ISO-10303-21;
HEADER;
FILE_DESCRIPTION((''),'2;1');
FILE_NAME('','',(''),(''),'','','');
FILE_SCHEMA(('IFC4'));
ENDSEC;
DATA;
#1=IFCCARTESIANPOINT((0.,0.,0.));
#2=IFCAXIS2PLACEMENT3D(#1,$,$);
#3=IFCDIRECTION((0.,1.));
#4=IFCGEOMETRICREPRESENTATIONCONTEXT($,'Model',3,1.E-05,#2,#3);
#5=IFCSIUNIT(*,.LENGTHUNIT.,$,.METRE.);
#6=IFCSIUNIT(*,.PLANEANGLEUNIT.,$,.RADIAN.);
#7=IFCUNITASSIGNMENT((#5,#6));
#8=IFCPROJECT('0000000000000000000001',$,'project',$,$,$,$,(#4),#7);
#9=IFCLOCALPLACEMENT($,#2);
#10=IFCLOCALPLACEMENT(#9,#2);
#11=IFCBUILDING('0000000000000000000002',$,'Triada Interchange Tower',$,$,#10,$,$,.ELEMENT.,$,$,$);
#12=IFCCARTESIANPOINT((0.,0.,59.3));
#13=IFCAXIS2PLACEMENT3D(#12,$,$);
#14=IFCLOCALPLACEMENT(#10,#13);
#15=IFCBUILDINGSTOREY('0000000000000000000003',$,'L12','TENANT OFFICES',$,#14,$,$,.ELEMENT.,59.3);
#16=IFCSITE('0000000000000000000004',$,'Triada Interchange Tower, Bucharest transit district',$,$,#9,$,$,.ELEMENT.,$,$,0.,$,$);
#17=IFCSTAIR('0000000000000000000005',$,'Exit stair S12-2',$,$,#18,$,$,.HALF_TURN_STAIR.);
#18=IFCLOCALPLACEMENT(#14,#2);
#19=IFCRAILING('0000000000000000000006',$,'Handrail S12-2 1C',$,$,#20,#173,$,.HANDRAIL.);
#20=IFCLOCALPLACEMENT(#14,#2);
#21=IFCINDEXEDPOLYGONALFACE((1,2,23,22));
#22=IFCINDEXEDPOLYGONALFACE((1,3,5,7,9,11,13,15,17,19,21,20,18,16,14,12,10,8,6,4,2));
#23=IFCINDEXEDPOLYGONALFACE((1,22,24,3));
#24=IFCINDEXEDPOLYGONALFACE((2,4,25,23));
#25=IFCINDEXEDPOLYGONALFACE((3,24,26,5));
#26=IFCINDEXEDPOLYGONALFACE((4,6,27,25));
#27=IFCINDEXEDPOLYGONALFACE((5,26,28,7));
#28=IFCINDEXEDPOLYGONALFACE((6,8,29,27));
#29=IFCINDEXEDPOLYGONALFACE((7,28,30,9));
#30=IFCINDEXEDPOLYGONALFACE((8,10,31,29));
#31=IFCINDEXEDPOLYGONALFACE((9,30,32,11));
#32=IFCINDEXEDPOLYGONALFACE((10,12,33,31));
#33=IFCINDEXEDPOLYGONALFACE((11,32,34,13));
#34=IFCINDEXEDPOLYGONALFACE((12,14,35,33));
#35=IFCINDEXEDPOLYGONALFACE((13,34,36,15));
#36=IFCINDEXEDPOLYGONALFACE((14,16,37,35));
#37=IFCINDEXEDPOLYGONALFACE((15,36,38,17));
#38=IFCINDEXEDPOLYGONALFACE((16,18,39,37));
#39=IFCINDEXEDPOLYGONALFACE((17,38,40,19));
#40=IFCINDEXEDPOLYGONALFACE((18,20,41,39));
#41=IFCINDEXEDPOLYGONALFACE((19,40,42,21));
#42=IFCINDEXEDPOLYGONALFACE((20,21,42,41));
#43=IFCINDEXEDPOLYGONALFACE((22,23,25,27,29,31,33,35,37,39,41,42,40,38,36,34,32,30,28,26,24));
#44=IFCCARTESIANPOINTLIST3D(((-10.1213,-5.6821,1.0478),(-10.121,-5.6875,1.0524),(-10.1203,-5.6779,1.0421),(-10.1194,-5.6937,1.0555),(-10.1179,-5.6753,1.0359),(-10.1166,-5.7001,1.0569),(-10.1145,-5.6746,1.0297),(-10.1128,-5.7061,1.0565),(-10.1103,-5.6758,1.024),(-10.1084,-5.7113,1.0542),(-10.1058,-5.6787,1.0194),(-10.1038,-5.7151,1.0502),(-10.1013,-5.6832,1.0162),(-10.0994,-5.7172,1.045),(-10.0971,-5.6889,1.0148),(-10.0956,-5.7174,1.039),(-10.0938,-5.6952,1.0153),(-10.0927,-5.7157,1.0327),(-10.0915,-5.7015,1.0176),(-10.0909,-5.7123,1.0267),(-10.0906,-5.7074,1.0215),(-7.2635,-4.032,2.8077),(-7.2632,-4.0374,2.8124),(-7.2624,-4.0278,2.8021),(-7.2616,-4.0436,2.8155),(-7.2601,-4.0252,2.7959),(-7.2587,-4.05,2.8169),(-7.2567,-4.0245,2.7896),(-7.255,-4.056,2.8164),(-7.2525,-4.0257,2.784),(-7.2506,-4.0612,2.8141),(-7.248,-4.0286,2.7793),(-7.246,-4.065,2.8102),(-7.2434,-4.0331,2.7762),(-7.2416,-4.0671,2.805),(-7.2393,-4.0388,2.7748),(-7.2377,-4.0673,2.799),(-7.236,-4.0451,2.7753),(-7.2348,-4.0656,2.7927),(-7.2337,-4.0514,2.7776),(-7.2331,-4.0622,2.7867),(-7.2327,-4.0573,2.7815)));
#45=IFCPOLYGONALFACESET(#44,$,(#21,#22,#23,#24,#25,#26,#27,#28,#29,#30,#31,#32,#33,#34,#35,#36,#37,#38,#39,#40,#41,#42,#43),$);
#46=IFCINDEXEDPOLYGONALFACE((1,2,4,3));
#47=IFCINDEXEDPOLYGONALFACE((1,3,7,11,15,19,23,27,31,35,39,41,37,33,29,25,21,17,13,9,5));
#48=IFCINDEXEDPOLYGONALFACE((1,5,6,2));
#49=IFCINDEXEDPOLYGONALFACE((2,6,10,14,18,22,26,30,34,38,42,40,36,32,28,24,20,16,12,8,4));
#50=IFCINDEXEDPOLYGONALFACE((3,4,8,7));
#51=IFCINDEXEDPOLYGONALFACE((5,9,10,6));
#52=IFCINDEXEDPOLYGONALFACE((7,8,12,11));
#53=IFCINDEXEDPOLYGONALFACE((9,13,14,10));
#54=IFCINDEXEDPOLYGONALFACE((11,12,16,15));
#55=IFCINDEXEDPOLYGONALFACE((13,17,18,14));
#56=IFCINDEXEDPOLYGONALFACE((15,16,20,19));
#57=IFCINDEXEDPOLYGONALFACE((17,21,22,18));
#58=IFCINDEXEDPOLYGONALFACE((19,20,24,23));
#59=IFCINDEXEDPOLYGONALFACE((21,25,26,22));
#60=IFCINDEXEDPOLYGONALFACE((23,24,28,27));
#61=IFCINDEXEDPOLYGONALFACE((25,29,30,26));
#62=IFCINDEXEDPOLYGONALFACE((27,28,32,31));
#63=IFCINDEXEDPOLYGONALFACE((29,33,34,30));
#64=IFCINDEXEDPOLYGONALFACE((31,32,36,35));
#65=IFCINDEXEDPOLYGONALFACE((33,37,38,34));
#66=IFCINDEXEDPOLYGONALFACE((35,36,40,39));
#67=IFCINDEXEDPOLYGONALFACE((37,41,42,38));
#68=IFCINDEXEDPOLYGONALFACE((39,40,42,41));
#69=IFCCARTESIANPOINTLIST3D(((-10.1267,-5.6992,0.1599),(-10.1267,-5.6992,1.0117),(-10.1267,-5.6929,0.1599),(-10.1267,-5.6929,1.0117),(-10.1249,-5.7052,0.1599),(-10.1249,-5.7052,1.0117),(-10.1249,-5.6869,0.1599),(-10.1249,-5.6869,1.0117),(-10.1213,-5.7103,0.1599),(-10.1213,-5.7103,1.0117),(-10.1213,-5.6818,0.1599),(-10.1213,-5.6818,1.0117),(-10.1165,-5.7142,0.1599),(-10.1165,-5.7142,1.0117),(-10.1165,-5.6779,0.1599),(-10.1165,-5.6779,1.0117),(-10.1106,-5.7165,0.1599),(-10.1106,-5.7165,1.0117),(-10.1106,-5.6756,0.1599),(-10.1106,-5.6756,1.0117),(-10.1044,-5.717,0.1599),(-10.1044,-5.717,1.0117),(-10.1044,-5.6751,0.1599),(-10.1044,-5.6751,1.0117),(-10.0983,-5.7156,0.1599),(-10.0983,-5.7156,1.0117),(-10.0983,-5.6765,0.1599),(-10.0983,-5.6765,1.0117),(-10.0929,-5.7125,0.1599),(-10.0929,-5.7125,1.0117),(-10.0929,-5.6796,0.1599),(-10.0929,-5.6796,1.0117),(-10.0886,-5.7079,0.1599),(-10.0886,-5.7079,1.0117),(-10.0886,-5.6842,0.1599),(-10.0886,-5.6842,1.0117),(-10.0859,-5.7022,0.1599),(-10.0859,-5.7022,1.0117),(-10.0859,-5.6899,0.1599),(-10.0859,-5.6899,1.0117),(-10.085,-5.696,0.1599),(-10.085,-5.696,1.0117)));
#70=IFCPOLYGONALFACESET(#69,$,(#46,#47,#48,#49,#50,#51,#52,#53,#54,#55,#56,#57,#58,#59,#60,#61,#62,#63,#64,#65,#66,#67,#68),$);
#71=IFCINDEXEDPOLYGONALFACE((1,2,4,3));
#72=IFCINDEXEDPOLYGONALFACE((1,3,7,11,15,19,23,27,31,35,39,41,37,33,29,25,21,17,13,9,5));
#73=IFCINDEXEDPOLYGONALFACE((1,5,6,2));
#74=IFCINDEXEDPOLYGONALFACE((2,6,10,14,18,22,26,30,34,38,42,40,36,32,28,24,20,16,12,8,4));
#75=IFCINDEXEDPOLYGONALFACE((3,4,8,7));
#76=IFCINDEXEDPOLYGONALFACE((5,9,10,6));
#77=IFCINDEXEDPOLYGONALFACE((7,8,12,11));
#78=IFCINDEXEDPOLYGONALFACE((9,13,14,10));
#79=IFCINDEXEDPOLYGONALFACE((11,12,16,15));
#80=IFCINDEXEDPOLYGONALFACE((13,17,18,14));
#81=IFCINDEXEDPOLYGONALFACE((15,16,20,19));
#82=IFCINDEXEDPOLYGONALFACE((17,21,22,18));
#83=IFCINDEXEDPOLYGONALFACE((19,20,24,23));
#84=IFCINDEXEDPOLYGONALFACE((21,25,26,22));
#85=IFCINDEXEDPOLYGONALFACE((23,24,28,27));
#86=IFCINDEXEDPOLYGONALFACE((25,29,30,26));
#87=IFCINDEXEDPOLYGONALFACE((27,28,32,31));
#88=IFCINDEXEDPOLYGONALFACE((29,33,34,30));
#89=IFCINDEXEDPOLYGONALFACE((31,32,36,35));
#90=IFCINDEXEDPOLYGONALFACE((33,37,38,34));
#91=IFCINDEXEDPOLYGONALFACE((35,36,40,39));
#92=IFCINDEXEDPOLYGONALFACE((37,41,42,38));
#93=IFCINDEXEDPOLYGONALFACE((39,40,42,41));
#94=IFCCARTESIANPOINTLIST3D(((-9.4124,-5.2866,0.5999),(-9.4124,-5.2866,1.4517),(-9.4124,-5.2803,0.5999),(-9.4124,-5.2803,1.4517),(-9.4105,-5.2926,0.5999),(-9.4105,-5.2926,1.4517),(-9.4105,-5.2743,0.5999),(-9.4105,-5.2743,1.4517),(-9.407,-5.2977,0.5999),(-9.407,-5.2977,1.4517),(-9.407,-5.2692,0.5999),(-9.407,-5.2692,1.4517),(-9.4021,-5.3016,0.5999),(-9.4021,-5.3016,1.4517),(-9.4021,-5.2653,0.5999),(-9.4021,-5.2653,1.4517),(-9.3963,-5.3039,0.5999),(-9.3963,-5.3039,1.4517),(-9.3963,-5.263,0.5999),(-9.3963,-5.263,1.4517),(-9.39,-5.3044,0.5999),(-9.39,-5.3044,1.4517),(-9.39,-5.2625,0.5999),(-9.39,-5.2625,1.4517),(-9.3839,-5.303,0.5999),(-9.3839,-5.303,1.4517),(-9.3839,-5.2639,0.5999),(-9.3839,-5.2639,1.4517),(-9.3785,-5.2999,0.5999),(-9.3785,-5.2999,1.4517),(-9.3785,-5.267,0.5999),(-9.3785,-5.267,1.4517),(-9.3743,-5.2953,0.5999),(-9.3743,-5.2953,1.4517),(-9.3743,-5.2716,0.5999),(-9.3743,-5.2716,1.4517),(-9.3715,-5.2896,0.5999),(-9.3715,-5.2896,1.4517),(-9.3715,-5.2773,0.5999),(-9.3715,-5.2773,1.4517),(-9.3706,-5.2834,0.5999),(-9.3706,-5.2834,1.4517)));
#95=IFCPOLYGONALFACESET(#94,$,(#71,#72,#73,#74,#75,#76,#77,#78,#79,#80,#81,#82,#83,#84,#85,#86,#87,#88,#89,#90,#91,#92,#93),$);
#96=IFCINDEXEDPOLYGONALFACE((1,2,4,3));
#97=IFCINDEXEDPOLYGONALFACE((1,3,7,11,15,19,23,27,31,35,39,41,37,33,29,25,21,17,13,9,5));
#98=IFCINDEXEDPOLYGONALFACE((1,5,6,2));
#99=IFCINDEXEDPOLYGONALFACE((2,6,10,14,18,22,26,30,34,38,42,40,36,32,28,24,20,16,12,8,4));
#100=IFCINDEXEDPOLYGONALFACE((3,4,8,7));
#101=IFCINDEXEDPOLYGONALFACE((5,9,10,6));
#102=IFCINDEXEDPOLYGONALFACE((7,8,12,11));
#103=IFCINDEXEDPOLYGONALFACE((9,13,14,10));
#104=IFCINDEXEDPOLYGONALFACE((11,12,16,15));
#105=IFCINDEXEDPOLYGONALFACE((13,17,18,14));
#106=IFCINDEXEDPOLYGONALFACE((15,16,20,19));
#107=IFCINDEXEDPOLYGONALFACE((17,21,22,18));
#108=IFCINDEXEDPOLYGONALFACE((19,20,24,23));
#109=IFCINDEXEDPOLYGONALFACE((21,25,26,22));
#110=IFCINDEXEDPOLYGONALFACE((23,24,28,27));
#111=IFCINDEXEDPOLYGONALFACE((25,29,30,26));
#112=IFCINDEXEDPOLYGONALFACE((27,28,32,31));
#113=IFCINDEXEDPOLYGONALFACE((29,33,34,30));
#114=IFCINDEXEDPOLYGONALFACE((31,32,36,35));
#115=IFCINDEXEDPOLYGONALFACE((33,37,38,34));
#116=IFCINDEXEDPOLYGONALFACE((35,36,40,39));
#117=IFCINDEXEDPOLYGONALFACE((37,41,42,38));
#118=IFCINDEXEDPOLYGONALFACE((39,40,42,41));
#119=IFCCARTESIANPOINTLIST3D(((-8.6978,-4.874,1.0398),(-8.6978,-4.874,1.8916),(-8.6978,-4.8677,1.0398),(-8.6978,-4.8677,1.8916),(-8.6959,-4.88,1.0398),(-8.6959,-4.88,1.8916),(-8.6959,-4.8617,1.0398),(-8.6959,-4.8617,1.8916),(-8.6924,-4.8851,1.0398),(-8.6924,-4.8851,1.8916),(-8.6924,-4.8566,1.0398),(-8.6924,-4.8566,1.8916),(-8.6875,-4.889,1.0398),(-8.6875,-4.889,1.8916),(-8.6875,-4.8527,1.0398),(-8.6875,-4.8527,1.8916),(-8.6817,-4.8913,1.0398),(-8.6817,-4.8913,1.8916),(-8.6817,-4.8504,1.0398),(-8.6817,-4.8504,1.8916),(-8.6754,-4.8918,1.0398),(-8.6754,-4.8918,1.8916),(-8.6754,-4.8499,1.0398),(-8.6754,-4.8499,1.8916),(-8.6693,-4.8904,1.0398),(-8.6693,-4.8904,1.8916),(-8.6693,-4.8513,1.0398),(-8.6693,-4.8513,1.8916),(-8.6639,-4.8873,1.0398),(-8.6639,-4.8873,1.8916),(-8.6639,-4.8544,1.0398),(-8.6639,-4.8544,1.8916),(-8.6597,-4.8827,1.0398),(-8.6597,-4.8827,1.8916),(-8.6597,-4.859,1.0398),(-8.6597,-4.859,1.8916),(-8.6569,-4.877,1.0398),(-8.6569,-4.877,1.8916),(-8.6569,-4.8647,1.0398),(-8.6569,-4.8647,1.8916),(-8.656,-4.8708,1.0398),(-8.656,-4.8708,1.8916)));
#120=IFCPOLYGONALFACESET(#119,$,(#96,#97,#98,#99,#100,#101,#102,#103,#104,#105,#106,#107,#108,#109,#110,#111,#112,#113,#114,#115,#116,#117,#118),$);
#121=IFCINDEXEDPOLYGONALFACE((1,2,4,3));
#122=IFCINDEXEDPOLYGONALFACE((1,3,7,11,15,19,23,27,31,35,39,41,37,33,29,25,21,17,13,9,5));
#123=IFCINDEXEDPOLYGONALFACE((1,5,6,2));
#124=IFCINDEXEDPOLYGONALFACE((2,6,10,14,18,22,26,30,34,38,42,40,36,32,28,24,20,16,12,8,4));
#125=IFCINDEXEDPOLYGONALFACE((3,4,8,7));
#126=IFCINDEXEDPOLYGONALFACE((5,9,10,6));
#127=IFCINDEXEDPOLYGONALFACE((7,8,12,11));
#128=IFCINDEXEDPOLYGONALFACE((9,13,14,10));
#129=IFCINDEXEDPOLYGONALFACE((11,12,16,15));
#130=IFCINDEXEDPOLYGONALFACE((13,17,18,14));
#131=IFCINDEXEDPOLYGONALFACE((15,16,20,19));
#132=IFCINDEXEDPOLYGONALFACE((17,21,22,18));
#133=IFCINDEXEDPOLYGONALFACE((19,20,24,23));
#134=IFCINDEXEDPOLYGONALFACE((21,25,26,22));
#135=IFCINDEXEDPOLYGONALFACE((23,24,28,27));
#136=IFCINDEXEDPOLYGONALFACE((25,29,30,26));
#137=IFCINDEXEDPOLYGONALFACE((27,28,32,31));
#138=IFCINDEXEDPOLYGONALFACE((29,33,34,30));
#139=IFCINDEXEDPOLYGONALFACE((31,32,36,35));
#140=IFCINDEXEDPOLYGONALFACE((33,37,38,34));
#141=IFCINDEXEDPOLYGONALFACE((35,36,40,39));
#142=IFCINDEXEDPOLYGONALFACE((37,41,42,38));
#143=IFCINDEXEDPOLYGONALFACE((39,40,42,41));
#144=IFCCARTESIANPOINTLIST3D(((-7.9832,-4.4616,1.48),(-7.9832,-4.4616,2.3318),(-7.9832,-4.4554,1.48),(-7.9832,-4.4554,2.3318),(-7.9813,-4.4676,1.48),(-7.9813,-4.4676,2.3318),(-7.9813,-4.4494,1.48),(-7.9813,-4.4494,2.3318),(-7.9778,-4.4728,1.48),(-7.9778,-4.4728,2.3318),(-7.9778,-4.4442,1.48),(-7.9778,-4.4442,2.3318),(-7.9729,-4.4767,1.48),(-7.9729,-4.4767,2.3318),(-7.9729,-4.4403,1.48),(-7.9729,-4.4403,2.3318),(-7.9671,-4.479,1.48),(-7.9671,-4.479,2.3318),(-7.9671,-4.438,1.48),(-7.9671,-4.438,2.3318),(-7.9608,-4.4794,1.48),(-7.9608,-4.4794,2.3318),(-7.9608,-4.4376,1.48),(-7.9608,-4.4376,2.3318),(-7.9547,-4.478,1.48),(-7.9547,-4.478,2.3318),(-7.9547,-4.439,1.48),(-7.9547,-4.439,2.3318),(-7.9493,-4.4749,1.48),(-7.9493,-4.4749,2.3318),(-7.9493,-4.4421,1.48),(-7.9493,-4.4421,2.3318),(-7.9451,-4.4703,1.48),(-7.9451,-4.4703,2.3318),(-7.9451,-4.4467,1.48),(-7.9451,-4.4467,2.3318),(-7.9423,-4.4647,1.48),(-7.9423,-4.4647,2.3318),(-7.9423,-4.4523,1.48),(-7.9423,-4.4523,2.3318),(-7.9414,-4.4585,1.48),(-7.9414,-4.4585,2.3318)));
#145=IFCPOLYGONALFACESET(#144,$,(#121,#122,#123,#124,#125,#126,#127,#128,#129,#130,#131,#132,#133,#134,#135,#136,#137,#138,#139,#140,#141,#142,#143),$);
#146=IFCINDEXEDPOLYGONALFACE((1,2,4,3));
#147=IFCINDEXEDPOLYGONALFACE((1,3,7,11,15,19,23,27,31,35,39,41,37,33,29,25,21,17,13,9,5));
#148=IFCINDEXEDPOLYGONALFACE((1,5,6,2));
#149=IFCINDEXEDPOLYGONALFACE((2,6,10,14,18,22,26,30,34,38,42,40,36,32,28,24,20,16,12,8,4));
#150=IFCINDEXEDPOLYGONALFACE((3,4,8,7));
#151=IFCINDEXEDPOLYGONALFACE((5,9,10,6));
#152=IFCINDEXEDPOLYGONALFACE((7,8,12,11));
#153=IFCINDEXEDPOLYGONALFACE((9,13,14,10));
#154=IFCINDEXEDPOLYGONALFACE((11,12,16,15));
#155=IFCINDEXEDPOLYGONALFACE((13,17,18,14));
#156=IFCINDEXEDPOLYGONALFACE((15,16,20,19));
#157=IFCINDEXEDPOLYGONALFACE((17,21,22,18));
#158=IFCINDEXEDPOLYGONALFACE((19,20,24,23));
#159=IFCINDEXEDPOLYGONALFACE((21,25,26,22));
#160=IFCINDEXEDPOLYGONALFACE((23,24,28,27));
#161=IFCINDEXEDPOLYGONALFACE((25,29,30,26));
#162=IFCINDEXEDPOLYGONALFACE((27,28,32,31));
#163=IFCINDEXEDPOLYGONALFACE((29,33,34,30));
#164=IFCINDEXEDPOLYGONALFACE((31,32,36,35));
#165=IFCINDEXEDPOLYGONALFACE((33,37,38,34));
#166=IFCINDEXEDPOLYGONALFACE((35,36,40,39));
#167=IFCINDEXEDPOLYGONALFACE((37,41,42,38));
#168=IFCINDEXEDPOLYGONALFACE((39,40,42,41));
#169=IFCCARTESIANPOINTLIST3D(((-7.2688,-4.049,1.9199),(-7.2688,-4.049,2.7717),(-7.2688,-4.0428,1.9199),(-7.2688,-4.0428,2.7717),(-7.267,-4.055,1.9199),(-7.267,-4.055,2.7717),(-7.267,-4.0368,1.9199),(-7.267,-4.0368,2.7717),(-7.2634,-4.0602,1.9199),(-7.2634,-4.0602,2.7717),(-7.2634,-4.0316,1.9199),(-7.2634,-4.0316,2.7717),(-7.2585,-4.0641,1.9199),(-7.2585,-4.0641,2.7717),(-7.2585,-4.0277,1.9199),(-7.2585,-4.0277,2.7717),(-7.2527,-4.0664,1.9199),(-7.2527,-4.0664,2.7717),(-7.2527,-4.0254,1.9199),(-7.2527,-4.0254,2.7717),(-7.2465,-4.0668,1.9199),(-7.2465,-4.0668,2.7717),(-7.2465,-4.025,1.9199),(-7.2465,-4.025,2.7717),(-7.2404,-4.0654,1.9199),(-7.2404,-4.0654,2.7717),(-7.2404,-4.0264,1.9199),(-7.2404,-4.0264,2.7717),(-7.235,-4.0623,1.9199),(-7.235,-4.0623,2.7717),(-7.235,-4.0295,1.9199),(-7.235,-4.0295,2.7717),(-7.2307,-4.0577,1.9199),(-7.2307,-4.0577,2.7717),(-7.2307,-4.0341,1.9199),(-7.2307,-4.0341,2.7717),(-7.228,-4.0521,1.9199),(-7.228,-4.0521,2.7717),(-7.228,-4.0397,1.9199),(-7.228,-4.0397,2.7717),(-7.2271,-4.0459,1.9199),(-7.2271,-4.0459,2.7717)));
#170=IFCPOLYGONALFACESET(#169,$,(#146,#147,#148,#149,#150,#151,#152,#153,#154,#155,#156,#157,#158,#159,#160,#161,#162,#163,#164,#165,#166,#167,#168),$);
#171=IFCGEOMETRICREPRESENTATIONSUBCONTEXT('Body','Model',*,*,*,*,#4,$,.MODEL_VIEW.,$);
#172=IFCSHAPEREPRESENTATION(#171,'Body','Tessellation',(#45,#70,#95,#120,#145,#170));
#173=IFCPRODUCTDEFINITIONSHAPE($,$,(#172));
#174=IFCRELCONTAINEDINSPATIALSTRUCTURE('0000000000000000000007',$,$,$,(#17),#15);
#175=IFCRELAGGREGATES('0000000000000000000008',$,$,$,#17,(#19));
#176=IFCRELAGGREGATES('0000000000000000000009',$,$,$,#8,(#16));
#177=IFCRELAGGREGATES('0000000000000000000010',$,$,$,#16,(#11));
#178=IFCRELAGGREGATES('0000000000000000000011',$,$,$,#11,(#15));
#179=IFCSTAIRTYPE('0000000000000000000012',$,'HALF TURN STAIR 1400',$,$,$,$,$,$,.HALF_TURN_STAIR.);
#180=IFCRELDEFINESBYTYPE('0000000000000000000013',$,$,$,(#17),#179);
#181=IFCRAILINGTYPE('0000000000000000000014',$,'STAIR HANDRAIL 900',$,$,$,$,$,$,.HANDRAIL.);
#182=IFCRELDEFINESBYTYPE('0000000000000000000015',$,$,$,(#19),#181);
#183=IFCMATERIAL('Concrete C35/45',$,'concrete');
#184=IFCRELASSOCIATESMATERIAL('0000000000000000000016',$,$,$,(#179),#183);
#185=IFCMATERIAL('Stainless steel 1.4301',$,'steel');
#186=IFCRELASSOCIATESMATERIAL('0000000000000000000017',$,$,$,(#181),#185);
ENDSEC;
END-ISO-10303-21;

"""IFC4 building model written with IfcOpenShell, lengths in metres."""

from ifc_helpers import new_model, si_unit, direction, frame, origin, origin_2d, place, context, subcontext, project, spatial, circle, extrude, material, type_object, element, aggregate, save


model = new_model("IFC4")

# Units and contexts
model_context = context("Model", 3, precision=1e-05, world=origin(), true_north=direction((0.0, 1.0)))
body_context = subcontext(model_context, "Body", "Model", "MODEL_VIEW")
ifc_project = project(units=[si_unit("LENGTHUNIT", "METRE"), si_unit("PLANEANGLEUNIT", "RADIAN")], contexts=[model_context])

# Site, building, storey
site_placement = place(None, origin())
site = spatial("IfcSite", under=ifc_project, at=site_placement, Name="Triada Interchange Tower, Bucharest transit district", CompositionType="ELEMENT", RefElevation=0.0)
building_placement = place(site_placement, origin())
building = spatial("IfcBuilding", under=site, at=building_placement, Name="Triada Interchange Tower", CompositionType="ELEMENT")
storey_placement = place(building_placement, frame((0.0, 0.0, 59.3)))
storey = spatial("IfcBuildingStorey", under=building, at=storey_placement, Name="L12", Description="TENANT OFFICES", CompositionType="ELEMENT", Elevation=59.3)

# Stair, railing
ifc_material_1 = material(Name="Concrete C35/45", Category="concrete")
stair_type = type_object("IfcStairType", Name="HALF TURN STAIR 1400", PredefinedType="HALF_TURN_STAIR", material=ifc_material_1)
stair_placement = place(storey_placement, origin())
stair = element("IfcStair", 1, at=stair_placement, inside=storey, type_object=stair_type, Name="Exit stair S12-2", PredefinedType="HALF_TURN_STAIR")
ifc_material_2 = material(Name="Stainless steel 1.4301", Category="steel")
railing_type = type_object("IfcRailingType", Name="STAIR HANDRAIL 900", PredefinedType="HANDRAIL", material=ifc_material_2)
railing_1_placement = place(storey_placement, frame((-10.106, -5.696, 0.1599)))
railing_1 = element("IfcRailing", 2, at=railing_1_placement, type_object=railing_type, Name="Handrail S12-2 1C", PredefinedType="HANDRAIL", context=body_context, shape_type="SweptSolid", body=[
    extrude(circle(Radius=0.0239, at=origin_2d()), frame((0.0, 0.0, 0.876), z_axis=(0.764129, 0.441205, 0.47058), x_axis=(-0.50003, 0.866008, 0.0)), (0.0, 0.0, 1.0), 3.74),
    extrude(circle(Radius=0.021, at=origin_2d()), origin(), (0.0, 0.0, 1.0), 0.8518),
    extrude(circle(Radius=0.021, at=origin_2d()), frame((0.7144, 0.4126, 0.4399)), (0.0, 0.0, 1.0), 0.8518),
    extrude(circle(Radius=0.021, at=origin_2d()), frame((1.429, 0.8252, 0.8799)), (0.0, 0.0, 1.0), 0.8518),
    extrude(circle(Radius=0.021, at=origin_2d()), frame((2.1436, 1.2375, 1.3201)), (0.0, 0.0, 1.0), 0.8518),
    extrude(circle(Radius=0.021, at=origin_2d()), frame((2.8579, 1.6501, 1.76)), (0.0, 0.0, 1.0), 0.8518),
])
aggregate(stair, [railing_1])

save(model, "model.ifc")
